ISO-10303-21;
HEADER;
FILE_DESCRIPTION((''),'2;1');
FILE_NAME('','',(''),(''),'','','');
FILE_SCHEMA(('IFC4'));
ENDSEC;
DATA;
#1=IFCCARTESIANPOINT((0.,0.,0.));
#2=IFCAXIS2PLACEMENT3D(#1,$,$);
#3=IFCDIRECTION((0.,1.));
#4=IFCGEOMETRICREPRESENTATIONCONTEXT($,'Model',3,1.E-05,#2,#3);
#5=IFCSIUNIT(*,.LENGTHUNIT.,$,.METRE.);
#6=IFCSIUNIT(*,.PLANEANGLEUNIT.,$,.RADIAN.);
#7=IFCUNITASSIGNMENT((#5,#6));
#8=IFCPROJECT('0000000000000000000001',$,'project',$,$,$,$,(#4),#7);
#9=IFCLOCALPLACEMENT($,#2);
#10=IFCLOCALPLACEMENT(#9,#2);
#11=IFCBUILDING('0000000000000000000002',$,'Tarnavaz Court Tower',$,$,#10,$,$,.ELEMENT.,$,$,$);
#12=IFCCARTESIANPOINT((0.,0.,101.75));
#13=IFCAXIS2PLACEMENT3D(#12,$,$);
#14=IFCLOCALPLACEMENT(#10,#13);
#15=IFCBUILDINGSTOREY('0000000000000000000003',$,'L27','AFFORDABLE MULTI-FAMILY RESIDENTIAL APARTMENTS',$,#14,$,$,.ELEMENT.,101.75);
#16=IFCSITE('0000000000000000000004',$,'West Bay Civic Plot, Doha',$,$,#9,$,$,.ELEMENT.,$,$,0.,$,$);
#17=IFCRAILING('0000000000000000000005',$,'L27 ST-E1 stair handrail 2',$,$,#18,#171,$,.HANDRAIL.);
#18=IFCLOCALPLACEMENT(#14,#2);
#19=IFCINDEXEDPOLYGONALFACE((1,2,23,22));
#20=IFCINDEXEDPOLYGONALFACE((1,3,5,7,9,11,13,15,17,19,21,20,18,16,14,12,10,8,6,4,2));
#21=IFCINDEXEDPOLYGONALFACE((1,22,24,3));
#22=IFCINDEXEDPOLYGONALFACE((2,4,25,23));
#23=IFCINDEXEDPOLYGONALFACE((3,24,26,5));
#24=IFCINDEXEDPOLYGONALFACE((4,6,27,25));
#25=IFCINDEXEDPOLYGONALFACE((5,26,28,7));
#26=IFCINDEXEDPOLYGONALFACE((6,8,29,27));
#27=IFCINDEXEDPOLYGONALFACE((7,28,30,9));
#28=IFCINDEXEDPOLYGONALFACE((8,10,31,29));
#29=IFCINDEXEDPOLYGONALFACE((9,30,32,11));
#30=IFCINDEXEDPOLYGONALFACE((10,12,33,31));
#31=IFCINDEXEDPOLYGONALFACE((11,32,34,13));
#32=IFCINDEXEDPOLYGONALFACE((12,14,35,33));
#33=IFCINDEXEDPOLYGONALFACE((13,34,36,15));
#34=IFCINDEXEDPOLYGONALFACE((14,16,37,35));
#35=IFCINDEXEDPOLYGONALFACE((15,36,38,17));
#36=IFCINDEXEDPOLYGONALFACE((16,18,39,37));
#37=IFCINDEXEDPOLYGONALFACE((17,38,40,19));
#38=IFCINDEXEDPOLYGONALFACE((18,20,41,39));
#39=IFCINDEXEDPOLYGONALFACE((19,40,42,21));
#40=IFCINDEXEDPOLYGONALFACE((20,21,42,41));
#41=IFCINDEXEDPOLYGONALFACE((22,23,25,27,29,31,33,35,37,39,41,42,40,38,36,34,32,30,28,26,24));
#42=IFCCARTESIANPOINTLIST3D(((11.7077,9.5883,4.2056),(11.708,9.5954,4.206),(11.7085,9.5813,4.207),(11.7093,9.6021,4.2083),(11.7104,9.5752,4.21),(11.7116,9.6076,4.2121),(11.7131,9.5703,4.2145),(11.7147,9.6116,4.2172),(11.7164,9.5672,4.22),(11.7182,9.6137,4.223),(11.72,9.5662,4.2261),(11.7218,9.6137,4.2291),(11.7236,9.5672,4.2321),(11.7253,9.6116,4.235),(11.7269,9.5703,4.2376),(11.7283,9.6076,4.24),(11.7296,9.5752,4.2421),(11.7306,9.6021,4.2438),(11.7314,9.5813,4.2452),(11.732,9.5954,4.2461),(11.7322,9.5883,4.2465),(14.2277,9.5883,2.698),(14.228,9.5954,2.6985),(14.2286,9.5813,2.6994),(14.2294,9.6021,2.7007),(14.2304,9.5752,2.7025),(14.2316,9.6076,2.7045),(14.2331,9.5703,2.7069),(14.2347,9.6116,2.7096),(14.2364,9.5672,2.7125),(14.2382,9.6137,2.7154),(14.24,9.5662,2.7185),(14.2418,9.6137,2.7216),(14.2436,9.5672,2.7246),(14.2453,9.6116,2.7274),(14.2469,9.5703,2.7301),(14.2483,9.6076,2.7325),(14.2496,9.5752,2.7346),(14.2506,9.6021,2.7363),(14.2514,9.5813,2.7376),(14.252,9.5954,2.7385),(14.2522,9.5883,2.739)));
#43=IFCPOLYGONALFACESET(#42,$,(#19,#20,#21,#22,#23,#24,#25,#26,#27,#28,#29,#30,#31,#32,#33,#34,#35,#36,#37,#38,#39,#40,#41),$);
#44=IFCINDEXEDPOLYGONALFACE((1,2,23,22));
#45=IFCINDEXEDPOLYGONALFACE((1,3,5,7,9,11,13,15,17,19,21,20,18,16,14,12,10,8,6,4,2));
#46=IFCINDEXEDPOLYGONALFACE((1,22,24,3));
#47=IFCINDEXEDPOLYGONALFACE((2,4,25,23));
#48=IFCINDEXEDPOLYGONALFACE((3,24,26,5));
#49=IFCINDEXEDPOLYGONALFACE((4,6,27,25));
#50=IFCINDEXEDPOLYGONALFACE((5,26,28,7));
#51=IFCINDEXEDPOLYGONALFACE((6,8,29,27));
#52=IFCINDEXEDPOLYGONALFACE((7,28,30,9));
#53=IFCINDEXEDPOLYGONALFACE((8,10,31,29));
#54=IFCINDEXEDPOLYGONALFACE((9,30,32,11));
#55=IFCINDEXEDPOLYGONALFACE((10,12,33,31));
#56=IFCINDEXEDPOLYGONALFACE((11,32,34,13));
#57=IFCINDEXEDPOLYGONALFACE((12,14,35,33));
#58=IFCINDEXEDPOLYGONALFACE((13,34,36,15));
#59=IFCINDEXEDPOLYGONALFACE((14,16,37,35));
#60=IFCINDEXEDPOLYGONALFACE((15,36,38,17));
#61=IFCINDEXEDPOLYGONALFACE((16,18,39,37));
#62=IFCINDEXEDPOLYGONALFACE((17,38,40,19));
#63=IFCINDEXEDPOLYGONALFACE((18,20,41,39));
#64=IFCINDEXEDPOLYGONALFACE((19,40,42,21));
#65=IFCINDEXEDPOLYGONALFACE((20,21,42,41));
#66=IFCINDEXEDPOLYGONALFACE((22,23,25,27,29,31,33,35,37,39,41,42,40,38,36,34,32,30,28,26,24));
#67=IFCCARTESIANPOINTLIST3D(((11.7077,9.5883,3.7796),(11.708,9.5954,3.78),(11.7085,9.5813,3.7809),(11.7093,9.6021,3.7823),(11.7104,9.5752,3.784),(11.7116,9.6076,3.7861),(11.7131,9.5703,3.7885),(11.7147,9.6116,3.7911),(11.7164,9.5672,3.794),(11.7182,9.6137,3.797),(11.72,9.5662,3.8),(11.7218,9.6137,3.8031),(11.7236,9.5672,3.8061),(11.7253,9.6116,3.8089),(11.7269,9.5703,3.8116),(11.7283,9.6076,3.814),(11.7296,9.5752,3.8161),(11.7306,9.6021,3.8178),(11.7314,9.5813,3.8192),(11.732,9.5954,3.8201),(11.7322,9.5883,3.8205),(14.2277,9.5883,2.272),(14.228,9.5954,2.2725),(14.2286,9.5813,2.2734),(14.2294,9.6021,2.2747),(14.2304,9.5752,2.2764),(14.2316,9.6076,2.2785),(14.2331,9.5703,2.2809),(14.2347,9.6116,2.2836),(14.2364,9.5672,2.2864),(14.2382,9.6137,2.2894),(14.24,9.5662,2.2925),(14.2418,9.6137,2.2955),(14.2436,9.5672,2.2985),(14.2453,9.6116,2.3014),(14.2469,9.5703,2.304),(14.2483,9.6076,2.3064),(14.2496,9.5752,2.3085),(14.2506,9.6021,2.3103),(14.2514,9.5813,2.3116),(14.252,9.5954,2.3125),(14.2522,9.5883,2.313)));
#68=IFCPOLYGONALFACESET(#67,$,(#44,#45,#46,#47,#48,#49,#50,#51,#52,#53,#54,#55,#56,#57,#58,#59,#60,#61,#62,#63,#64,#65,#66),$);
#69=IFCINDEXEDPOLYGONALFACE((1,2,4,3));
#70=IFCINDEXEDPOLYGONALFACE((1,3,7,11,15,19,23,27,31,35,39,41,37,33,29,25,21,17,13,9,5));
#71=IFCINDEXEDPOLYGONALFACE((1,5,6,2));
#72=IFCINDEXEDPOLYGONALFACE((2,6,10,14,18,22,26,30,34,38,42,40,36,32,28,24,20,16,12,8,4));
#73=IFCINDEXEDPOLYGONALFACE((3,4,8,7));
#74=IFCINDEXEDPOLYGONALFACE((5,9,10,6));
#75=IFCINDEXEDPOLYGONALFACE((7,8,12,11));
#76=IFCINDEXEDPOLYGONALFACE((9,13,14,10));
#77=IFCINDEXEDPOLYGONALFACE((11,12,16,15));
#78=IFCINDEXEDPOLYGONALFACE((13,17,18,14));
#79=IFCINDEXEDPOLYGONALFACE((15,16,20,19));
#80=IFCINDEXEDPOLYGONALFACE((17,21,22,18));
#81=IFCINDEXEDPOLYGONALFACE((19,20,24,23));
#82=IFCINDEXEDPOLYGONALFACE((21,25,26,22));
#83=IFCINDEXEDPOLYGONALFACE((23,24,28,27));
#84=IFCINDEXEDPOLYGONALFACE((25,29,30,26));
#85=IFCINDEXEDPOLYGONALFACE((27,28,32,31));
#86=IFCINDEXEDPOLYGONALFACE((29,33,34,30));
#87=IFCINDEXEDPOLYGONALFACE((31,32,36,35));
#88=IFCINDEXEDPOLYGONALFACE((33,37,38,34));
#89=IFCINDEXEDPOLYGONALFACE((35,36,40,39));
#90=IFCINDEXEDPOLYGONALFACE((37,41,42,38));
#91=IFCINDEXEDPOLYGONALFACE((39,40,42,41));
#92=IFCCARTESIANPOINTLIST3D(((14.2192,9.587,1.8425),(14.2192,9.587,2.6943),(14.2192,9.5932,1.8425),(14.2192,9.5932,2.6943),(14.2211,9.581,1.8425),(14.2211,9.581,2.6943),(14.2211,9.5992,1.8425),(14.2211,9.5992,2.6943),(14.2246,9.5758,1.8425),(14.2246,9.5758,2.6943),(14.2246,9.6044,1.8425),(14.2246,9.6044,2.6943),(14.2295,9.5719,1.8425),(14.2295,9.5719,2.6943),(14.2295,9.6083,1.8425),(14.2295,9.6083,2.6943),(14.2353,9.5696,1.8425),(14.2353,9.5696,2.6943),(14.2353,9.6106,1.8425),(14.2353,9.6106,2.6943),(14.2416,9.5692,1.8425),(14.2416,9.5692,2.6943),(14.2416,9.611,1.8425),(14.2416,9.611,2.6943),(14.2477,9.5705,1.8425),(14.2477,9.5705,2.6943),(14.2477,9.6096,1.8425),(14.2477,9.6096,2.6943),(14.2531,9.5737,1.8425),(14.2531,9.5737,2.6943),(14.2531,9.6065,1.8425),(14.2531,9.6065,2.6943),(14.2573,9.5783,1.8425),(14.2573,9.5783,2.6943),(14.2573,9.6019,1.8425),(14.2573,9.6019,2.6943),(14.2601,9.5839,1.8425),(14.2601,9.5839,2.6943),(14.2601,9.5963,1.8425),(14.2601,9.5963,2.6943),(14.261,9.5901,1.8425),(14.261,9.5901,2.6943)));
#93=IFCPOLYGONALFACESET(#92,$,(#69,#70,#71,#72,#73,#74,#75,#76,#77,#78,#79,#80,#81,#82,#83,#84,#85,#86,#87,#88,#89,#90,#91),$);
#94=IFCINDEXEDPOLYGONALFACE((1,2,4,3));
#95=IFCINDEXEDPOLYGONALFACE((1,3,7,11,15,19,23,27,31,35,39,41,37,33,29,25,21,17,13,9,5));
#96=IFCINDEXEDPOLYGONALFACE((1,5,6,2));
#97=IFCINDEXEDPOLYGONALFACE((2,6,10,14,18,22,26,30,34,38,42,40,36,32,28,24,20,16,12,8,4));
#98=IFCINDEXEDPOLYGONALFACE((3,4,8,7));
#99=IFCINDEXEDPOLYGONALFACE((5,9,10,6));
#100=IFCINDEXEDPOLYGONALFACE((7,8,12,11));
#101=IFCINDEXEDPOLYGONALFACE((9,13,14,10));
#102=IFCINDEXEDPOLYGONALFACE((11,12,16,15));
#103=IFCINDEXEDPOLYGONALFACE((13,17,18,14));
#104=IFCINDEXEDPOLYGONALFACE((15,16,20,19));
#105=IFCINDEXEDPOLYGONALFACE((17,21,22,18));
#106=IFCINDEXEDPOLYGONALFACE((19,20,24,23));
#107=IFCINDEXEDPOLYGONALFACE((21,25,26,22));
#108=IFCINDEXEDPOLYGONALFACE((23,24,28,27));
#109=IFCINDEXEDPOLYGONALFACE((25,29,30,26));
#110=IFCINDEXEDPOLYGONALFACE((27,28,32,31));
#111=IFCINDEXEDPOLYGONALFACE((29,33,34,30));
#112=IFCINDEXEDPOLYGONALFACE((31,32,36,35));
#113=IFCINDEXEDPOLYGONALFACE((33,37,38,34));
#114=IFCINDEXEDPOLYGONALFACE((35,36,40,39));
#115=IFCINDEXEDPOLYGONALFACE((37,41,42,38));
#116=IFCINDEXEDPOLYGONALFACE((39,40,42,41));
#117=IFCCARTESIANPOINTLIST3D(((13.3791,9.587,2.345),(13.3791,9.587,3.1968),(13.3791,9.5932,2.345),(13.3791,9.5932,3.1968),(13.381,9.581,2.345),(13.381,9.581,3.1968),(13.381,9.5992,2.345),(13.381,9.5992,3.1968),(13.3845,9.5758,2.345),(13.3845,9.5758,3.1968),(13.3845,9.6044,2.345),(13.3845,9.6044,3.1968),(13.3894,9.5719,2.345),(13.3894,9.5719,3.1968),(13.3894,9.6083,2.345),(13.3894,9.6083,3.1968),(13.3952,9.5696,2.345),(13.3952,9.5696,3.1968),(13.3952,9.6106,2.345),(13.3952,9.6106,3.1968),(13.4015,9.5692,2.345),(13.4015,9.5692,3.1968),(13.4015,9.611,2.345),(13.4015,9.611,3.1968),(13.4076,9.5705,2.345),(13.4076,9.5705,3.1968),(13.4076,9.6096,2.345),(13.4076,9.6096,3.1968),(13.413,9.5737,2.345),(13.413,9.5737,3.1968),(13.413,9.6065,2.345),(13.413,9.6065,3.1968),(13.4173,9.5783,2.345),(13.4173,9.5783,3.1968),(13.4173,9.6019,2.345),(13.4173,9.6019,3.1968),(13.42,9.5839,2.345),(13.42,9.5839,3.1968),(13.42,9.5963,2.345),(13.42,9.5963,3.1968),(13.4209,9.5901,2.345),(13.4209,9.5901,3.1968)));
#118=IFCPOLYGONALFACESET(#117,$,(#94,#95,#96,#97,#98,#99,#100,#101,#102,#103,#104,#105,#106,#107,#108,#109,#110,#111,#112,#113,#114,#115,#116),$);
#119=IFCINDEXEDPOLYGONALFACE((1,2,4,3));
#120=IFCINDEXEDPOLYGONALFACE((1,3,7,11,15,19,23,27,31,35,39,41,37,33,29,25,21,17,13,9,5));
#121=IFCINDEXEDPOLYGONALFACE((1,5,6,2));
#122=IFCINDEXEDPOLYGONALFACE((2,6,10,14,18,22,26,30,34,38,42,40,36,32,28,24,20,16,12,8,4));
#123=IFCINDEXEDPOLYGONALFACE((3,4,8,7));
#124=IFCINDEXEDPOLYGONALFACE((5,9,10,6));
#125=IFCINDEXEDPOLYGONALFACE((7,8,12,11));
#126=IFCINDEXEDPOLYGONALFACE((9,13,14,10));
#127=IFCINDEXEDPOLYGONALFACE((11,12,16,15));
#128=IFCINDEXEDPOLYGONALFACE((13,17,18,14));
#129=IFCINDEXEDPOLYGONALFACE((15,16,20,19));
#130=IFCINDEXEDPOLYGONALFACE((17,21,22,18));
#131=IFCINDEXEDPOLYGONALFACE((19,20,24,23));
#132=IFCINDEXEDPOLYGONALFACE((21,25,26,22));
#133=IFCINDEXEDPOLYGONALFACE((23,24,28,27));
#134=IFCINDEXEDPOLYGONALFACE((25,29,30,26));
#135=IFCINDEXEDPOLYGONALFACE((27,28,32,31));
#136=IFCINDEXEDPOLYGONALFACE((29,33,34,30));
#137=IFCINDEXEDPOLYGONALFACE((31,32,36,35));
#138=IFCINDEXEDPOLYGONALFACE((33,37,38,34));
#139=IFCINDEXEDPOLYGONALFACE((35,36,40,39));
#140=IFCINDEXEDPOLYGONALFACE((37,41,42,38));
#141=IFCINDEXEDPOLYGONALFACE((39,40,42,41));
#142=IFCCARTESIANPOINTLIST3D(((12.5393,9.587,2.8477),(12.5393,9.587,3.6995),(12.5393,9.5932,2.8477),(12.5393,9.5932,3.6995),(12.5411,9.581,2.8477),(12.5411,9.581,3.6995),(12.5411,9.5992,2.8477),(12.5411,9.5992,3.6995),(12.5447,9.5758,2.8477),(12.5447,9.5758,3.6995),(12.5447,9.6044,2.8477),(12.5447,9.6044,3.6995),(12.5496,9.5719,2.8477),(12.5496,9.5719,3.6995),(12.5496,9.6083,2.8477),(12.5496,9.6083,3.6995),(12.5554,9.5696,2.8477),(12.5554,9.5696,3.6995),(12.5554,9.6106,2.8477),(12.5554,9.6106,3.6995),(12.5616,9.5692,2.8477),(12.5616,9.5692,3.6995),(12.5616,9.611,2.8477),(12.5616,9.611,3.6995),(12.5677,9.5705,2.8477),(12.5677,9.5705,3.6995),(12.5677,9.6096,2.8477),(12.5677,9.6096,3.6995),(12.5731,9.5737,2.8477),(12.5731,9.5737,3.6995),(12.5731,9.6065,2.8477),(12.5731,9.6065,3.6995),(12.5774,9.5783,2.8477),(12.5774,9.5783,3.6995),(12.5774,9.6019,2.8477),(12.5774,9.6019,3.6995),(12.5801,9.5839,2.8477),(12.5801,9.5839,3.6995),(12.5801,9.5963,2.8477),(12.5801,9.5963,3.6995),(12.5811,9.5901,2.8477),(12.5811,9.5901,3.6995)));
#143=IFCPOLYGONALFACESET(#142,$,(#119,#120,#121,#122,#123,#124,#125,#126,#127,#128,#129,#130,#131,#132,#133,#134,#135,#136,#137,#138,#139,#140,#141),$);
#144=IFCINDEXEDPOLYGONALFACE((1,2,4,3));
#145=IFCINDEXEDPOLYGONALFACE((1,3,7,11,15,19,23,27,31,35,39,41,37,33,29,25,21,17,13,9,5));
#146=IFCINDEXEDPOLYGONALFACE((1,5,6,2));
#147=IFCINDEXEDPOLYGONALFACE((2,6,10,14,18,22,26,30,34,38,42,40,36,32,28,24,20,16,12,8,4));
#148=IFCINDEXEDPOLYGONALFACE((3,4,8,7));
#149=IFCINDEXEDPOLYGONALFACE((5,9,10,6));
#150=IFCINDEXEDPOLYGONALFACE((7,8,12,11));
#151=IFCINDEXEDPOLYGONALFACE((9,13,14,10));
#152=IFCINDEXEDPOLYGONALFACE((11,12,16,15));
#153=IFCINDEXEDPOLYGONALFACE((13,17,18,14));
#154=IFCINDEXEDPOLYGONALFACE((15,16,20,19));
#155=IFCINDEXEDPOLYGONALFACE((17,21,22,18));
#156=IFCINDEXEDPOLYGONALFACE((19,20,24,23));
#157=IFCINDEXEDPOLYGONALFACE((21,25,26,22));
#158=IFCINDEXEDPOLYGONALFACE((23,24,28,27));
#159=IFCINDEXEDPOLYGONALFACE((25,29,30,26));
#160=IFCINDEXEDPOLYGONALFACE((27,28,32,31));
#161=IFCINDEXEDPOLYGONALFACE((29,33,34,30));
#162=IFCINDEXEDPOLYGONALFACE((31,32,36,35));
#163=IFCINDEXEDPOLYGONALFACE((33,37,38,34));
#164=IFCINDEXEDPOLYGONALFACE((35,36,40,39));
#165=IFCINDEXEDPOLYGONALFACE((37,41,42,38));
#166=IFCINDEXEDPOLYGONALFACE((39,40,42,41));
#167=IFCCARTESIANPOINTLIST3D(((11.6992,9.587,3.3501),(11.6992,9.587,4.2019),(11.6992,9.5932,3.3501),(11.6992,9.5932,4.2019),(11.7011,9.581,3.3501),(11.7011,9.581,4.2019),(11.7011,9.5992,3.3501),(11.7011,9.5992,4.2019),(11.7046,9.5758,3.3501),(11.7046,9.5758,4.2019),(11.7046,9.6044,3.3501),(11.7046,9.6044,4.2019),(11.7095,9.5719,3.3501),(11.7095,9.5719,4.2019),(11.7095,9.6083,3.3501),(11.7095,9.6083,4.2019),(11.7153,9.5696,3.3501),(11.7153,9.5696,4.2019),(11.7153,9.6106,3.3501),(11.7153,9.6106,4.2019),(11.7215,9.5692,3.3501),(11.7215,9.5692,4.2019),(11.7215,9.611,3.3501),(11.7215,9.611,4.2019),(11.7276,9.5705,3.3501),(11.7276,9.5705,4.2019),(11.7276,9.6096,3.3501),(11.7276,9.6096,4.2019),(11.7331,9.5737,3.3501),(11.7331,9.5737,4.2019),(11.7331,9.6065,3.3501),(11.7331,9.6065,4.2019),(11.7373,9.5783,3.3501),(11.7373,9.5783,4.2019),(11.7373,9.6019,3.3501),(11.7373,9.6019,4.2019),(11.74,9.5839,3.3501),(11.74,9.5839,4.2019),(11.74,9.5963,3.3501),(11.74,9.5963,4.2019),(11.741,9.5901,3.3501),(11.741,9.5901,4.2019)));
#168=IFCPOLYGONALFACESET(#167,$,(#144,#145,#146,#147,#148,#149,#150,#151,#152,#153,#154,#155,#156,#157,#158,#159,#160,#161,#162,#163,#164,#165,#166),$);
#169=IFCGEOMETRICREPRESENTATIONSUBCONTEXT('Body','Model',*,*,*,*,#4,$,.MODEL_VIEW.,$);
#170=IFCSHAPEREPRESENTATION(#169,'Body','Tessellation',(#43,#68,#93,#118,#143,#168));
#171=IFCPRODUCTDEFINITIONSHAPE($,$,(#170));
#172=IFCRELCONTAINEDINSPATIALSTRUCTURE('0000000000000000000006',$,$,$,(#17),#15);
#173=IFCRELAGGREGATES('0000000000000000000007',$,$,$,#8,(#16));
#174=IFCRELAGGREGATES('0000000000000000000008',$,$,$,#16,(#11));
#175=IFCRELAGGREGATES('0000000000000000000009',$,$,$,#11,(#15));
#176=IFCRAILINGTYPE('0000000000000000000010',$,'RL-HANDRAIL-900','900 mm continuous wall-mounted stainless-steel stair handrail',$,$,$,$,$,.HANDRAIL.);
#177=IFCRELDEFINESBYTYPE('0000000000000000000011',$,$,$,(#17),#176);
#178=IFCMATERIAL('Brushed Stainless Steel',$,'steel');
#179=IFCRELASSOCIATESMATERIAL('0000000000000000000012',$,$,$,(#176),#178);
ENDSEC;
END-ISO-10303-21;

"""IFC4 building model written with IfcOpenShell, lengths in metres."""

from ifc_helpers import new_model, si_unit, direction, frame, origin, origin_2d, place, context, subcontext, project, spatial, circle, extrude, material, type_object, element, save


model = new_model("IFC4")

# Units and contexts
model_context = context("Model", 3, precision=1e-05, world=origin(), true_north=direction((0.0, 1.0)))
body_context = subcontext(model_context, "Body", "Model", "MODEL_VIEW")
ifc_project = project(units=[si_unit("LENGTHUNIT", "METRE"), si_unit("PLANEANGLEUNIT", "RADIAN")], contexts=[model_context])

# Site, building, storey
site_placement = place(None, origin())
site = spatial("IfcSite", under=ifc_project, at=site_placement, Name="West Bay Civic Plot, Doha", CompositionType="ELEMENT", RefElevation=0.0)
building_placement = place(site_placement, origin())
building = spatial("IfcBuilding", under=site, at=building_placement, Name="Tarnavaz Court Tower", CompositionType="ELEMENT")
storey_placement = place(building_placement, frame((0.0, 0.0, 101.75)))
storey = spatial("IfcBuildingStorey", under=building, at=storey_placement, Name="L27", Description="AFFORDABLE MULTI-FAMILY RESIDENTIAL APARTMENTS", CompositionType="ELEMENT", Elevation=101.75)

# Railing
ifc_material_1 = material(Name="Brushed Stainless Steel", Category="steel")
railing_type_1 = type_object("IfcRailingType", Name="RL-HANDRAIL-900", Description="900 mm continuous wall-mounted stainless-steel stair handrail", PredefinedType="HANDRAIL", material=ifc_material_1)
railing_1_placement = place(storey_placement, frame((14.24, 9.5901, 1.8425)))
element("IfcRailing", 1, at=railing_1_placement, inside=storey, type_object=railing_type_1, Name="L27 ST-E1 stair handrail 2", PredefinedType="HANDRAIL", context=body_context, shape_type="SweptSolid", body=[
    extrude(circle(Radius=0.0239, at=origin_2d()), frame((0.0, 0.0, 0.876), z_axis=(-0.85816, 0.0, 0.513383), x_axis=(0.0, -1.0, 0.0)), (0.0, 0.0, 1.0), 2.9365),
    extrude(circle(Radius=0.0239, at=origin_2d()), frame((0.0, 0.0, 0.45), z_axis=(-0.85816, 0.0, 0.513383), x_axis=(0.0, -1.0, 0.0)), (0.0, 0.0, 1.0), 2.9365),
    extrude(circle(Radius=0.021, at=origin_2d()), origin(), (0.0, 0.0, 1.0), 0.8518),
    extrude(circle(Radius=0.021, at=origin_2d()), frame((-0.8401, 0.0, 0.5024)), (0.0, 0.0, 1.0), 0.8518),
    extrude(circle(Radius=0.021, at=origin_2d()), frame((-1.6799, 0.0, 1.0051)), (0.0, 0.0, 1.0), 0.8518),
    extrude(circle(Radius=0.021, at=origin_2d()), frame((-2.52, 0.0, 1.5076)), (0.0, 0.0, 1.0), 0.8518),
])

save(model, "model.ifc")
